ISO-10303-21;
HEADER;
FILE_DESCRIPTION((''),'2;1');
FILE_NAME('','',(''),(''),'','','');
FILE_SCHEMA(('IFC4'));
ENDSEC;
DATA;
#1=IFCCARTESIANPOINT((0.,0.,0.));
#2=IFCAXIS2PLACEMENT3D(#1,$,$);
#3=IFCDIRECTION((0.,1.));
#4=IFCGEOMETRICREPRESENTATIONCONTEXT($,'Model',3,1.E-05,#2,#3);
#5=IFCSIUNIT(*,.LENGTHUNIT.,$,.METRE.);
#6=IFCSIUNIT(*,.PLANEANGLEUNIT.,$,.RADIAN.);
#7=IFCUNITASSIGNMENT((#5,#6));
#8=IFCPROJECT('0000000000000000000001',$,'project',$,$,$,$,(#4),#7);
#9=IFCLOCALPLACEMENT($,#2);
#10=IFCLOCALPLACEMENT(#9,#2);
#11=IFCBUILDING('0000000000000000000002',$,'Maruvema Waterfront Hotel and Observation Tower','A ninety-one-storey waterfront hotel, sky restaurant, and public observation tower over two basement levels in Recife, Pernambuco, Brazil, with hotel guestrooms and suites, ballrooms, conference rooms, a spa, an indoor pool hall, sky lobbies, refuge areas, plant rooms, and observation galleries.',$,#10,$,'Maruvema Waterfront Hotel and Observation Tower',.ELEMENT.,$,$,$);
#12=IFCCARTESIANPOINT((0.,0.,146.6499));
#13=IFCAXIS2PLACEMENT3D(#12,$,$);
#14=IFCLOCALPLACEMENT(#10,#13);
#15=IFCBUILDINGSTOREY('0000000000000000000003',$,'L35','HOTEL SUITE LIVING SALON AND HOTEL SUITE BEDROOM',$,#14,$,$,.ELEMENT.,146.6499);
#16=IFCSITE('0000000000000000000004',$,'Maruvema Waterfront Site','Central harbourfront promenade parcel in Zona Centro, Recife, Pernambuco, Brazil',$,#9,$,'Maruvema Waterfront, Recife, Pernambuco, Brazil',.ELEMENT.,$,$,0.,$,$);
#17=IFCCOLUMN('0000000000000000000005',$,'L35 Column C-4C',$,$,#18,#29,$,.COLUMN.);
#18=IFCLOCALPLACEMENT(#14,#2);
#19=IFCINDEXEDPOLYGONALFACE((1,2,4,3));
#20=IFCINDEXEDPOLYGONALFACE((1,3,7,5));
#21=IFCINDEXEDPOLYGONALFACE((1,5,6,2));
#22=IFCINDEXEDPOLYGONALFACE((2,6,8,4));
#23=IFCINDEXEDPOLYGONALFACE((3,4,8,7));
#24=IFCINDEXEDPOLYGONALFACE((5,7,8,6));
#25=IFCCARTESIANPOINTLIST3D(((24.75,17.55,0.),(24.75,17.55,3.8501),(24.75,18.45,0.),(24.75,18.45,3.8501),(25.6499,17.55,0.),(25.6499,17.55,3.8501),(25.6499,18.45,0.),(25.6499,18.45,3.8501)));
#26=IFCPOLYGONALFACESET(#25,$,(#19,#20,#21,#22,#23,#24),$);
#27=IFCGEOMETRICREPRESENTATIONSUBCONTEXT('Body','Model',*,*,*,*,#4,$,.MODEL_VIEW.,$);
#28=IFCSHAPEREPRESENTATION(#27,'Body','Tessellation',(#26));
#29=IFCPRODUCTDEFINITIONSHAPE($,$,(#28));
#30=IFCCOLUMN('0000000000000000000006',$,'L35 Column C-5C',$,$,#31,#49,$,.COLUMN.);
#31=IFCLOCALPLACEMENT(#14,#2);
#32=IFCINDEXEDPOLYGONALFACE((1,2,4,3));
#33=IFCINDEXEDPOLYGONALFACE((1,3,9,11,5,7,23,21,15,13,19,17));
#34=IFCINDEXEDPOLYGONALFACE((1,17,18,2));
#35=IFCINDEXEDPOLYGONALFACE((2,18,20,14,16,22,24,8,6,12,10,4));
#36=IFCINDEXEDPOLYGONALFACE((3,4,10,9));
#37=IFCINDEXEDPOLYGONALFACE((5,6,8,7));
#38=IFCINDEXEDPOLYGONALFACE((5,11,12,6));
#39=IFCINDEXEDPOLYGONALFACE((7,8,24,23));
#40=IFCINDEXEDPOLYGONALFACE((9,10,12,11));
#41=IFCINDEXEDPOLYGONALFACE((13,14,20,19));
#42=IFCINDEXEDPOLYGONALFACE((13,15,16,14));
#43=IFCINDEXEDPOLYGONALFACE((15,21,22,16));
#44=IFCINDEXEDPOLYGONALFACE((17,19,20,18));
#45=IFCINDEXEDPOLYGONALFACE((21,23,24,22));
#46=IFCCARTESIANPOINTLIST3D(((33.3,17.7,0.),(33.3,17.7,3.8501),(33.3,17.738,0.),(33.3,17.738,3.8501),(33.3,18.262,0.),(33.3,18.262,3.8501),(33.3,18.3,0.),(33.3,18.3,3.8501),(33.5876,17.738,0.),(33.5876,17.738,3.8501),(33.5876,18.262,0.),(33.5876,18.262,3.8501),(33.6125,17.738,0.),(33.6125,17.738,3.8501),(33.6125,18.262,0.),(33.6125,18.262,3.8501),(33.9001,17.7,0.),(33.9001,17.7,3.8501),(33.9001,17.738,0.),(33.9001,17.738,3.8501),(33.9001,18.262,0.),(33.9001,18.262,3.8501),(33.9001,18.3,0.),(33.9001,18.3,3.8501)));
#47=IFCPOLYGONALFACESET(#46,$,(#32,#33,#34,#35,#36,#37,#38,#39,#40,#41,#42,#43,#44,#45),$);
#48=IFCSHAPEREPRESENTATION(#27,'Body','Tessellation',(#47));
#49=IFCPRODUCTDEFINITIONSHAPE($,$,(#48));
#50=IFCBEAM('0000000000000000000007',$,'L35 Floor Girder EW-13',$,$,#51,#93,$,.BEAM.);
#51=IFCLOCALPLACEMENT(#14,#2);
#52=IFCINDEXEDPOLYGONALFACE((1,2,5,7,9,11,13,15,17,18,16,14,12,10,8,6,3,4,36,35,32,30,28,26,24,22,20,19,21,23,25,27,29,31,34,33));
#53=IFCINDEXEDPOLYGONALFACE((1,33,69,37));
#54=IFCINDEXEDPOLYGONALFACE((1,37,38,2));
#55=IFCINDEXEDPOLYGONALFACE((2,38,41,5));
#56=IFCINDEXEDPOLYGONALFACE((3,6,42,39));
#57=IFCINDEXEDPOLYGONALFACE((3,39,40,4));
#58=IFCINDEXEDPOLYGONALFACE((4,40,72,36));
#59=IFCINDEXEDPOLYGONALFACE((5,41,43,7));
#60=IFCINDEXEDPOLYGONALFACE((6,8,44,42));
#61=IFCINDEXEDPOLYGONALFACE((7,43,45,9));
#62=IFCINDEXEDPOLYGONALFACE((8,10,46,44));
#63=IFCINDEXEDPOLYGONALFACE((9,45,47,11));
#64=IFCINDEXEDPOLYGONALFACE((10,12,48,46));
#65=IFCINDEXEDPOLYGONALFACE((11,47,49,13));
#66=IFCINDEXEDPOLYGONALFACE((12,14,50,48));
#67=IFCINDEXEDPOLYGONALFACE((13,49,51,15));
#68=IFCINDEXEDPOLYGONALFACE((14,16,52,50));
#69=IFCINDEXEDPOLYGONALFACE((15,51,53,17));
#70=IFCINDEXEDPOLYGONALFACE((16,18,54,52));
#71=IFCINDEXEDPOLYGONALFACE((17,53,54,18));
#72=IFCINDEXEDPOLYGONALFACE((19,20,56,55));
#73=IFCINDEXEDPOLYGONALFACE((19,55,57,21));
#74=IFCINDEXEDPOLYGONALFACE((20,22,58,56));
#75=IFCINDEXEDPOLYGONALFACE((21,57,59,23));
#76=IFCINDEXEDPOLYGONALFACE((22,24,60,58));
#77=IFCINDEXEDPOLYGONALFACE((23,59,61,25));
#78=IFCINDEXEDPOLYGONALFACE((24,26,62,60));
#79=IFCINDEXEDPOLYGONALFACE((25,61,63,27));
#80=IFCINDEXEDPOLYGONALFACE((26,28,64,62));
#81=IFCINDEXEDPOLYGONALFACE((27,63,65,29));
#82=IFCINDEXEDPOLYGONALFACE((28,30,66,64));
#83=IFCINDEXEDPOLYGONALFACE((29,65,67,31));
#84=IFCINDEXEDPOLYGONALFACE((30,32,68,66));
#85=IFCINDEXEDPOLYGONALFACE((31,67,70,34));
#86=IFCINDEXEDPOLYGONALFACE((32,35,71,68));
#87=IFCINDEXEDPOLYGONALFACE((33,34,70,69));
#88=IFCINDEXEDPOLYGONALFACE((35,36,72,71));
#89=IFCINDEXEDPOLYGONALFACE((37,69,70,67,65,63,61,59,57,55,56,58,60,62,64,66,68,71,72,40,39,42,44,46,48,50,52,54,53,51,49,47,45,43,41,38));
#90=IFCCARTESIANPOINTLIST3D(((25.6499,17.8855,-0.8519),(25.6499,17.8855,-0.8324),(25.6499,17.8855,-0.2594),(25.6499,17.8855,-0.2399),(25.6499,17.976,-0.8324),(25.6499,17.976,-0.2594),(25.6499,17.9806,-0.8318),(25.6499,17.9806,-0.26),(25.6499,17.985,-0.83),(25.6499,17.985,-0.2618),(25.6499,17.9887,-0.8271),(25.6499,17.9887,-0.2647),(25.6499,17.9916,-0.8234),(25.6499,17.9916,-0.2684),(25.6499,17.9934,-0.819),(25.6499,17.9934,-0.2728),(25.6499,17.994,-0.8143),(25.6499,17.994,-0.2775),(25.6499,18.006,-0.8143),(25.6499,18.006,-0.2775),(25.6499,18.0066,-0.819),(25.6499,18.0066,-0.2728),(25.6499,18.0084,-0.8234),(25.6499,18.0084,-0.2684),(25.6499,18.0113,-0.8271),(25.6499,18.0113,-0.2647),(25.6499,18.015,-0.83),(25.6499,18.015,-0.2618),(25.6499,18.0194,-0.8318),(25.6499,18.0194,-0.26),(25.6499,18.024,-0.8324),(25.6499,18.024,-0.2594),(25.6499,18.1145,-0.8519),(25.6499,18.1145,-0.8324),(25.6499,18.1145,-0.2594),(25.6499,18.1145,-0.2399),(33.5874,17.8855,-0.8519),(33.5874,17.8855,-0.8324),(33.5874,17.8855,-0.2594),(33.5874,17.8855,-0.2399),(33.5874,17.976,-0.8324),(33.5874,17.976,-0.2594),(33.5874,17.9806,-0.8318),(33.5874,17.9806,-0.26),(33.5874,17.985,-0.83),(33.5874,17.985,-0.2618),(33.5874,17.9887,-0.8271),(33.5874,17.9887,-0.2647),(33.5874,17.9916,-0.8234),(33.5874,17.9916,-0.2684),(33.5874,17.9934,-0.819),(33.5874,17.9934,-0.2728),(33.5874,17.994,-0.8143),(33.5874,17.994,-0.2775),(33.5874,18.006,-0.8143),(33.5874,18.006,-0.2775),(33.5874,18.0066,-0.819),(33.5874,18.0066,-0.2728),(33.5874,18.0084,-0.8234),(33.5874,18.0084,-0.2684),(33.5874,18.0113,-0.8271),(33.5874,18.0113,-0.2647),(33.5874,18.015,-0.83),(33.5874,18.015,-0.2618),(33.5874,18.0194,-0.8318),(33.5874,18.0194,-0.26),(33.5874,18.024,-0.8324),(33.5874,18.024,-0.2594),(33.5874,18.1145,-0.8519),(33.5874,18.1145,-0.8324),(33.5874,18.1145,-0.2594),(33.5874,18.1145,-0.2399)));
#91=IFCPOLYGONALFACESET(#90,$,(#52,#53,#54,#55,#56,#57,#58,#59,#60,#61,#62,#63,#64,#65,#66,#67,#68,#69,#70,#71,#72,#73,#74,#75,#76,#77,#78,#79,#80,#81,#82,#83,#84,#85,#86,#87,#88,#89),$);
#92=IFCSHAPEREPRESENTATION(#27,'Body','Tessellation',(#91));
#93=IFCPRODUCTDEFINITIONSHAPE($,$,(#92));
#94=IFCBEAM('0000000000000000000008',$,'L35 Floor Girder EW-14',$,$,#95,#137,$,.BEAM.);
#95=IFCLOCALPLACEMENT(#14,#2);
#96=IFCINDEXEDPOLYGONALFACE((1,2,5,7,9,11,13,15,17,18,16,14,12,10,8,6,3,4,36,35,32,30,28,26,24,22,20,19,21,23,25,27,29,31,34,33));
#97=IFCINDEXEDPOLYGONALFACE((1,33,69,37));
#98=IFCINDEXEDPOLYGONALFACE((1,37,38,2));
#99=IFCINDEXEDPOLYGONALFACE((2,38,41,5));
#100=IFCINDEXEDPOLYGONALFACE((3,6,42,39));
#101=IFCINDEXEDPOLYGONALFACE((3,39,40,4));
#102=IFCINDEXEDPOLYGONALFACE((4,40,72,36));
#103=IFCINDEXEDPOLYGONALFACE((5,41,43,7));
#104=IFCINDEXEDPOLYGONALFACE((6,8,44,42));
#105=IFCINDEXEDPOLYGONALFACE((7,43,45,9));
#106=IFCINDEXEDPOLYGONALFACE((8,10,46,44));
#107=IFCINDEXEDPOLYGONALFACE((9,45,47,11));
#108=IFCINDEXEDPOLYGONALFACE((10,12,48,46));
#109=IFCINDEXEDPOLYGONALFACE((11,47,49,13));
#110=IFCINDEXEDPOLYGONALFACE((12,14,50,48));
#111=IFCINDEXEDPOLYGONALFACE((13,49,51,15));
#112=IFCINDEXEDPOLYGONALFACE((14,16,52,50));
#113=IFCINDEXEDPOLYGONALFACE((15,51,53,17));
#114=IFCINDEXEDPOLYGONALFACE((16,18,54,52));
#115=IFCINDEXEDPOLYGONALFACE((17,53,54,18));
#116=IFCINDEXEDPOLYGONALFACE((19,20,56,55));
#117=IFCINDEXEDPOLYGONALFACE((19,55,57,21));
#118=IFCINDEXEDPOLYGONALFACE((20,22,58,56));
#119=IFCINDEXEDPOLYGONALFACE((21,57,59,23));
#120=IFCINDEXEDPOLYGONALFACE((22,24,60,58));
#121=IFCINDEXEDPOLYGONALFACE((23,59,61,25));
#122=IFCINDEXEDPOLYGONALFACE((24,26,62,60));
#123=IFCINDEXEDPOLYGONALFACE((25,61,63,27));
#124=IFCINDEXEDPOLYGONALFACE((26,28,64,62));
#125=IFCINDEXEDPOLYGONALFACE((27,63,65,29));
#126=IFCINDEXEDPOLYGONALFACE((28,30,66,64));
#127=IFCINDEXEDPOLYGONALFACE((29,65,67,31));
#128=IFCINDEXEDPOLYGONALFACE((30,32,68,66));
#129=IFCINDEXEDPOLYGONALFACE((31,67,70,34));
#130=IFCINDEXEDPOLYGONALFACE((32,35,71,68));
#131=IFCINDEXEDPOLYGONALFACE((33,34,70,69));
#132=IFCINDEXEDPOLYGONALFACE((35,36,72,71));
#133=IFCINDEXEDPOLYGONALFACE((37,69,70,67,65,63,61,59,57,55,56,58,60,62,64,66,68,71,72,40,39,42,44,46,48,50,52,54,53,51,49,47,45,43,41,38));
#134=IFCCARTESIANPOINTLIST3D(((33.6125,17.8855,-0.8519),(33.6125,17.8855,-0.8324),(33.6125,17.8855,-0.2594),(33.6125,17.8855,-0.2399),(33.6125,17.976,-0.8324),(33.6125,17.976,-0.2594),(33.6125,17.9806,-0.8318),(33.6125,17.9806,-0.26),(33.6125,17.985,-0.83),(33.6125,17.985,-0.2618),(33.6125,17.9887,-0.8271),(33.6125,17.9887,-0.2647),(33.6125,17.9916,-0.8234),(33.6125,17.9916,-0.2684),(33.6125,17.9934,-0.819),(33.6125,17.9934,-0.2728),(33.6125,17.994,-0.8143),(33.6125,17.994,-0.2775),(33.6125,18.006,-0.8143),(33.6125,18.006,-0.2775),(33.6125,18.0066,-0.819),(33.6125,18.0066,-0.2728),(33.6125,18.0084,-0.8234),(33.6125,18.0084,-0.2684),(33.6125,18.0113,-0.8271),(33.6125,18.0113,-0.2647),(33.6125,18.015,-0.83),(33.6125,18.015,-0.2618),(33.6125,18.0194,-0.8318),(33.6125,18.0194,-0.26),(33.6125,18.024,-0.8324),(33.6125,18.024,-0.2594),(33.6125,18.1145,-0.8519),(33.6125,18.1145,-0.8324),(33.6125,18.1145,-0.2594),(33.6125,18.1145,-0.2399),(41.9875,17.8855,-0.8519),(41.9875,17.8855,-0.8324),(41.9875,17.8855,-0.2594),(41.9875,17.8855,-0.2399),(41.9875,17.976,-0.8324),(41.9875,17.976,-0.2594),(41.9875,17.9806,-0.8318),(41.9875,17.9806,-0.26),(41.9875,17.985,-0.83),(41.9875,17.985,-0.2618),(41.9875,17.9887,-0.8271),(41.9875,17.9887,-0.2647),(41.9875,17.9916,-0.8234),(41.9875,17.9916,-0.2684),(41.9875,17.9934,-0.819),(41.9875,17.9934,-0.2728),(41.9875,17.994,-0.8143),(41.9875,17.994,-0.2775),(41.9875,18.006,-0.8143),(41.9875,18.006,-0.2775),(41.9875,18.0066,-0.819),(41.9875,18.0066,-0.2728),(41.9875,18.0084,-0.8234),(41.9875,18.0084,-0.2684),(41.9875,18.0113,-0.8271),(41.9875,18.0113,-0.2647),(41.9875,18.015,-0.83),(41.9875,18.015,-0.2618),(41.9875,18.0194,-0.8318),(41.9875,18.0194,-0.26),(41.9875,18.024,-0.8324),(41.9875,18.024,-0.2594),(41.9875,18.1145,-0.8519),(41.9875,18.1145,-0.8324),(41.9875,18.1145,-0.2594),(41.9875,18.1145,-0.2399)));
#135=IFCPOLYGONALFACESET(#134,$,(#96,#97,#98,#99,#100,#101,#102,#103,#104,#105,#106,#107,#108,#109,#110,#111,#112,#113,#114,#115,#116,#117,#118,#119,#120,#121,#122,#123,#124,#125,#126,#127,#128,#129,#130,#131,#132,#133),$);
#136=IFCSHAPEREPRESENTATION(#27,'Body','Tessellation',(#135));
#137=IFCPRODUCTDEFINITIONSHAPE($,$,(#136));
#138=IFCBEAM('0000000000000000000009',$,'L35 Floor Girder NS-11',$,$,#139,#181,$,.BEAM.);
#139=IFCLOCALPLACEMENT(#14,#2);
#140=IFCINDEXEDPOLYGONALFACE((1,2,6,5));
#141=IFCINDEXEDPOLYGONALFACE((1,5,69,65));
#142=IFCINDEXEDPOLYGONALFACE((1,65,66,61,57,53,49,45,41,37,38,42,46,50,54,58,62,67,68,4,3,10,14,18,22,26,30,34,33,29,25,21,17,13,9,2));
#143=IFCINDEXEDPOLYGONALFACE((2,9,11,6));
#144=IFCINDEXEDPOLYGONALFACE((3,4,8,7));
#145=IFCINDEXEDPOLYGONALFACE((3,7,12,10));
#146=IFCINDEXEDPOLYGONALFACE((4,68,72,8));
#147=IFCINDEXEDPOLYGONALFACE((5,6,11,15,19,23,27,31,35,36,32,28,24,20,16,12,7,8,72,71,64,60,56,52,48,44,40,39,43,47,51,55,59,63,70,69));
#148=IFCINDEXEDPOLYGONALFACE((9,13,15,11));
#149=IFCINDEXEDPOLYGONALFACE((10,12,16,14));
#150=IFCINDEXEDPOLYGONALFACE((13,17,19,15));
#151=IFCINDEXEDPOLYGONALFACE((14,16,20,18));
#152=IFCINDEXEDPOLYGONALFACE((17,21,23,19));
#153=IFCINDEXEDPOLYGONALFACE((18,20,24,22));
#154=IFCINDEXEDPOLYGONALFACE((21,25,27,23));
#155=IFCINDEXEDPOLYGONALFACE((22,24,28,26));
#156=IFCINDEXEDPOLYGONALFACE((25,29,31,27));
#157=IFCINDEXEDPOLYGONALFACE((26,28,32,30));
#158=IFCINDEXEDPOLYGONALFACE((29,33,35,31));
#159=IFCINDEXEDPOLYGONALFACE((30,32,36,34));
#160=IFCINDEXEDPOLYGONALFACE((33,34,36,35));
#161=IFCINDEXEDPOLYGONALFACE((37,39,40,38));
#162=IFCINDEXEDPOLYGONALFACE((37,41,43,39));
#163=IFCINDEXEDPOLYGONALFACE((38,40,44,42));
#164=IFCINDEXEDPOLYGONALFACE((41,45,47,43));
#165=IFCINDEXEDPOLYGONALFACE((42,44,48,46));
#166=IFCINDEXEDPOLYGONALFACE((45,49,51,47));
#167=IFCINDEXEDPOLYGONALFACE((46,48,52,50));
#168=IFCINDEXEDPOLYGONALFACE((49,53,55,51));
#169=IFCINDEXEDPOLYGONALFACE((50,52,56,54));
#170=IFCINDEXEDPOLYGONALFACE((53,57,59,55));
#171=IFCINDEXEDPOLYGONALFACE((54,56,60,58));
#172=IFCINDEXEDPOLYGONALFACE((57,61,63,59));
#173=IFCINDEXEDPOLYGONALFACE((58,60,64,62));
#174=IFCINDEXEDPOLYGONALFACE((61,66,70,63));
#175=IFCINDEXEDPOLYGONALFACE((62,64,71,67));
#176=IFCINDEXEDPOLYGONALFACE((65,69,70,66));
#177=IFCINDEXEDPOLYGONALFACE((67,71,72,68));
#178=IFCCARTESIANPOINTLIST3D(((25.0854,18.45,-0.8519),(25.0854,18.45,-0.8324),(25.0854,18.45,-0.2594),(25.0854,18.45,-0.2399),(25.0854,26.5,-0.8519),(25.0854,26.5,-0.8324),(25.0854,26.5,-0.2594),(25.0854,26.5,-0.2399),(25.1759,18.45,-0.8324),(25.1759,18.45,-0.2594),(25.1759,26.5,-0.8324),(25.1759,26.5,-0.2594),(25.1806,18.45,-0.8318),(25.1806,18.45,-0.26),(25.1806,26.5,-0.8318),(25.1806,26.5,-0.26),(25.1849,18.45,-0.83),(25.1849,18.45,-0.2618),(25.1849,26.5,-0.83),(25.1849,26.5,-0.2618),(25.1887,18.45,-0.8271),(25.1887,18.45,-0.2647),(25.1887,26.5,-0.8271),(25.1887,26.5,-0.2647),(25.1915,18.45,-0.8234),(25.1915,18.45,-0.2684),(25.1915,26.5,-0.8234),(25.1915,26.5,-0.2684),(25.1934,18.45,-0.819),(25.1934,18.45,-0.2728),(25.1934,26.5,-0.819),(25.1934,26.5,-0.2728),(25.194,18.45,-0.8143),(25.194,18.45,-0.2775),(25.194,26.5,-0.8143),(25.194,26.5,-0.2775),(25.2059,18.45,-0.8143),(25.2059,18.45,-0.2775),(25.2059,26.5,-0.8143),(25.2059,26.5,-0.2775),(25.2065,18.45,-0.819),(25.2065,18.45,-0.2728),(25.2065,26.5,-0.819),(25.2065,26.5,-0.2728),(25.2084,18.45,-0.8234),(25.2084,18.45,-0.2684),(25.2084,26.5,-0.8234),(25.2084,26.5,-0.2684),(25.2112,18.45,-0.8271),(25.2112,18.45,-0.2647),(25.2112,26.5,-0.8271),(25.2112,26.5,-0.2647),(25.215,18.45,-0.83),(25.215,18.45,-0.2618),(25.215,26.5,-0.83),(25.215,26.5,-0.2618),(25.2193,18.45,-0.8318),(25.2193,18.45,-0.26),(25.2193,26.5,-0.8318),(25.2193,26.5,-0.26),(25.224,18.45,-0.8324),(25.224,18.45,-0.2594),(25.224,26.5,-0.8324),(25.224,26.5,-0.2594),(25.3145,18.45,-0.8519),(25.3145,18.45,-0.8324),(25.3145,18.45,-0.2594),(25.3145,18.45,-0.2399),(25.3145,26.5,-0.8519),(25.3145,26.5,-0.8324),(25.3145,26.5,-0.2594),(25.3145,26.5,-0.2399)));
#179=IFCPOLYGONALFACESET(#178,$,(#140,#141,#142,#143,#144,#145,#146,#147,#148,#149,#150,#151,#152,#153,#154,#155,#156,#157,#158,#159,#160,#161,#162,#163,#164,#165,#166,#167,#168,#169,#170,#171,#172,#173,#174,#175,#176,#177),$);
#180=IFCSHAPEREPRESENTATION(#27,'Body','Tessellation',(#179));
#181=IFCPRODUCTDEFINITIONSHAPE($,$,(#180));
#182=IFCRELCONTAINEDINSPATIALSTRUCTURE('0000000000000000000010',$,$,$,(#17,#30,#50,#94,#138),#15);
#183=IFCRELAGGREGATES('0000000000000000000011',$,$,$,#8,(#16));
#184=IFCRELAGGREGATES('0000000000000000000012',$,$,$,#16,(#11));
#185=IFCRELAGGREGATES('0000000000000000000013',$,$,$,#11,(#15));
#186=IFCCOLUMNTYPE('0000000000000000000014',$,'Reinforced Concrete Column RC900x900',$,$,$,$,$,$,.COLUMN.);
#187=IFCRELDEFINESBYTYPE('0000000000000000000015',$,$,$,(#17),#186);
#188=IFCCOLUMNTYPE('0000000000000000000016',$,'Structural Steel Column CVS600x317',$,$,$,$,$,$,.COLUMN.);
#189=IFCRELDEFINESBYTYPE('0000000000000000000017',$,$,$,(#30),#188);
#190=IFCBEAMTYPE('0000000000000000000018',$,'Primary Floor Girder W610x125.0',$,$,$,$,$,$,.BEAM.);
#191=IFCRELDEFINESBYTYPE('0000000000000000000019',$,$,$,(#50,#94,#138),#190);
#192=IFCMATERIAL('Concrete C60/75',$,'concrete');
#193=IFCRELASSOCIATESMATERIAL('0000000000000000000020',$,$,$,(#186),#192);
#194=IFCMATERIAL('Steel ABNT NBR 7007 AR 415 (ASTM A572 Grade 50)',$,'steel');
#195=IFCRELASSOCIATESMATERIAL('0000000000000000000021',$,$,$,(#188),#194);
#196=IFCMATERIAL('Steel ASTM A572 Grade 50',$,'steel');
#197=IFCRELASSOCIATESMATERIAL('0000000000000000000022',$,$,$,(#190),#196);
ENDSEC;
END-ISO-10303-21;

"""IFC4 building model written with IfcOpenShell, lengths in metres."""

from ifc_helpers import new_model, si_unit, direction, frame, origin, origin_2d, place, context, subcontext, project, spatial, rectangle, i_section, extrude, material, material_profile, profile_set, type_object, element, save


model = new_model("IFC4")

# Units and contexts
model_context = context("Model", 3, precision=1e-05, world=origin(), true_north=direction((0.0, 1.0)))
body_context = subcontext(model_context, "Body", "Model", "MODEL_VIEW")
ifc_project = project(units=[si_unit("LENGTHUNIT", "METRE"), si_unit("PLANEANGLEUNIT", "RADIAN")], contexts=[model_context])

# Site, building, storey
site_placement = place(None, origin())
site = spatial("IfcSite", under=ifc_project, at=site_placement, Name="Maruvema Waterfront Site", Description="Central harbourfront promenade parcel in Zona Centro, Recife, Pernambuco, Brazil", LongName="Maruvema Waterfront, Recife, Pernambuco, Brazil", CompositionType="ELEMENT", RefElevation=0.0)
building_placement = place(site_placement, origin())
building = spatial("IfcBuilding", under=site, at=building_placement, Name="Maruvema Waterfront Hotel and Observation Tower", Description="A ninety-one-storey waterfront hotel, sky restaurant, and public observation tower over two basement levels in Recife, Pernambuco, Brazil, with hotel guestrooms and suites, ballrooms, conference rooms, a spa, an indoor pool hall, sky lobbies, refuge areas, plant rooms, and observation galleries.", LongName="Maruvema Waterfront Hotel and Observation Tower", CompositionType="ELEMENT")
storey_placement = place(building_placement, frame((0.0, 0.0, 146.6499)))
storey = spatial("IfcBuildingStorey", under=building, at=storey_placement, Name="L35", Description="HOTEL SUITE LIVING SALON AND HOTEL SUITE BEDROOM", CompositionType="ELEMENT", Elevation=146.6499)

# Columns
ifc_material_1 = material(Name="Concrete C60/75", Category="concrete")
ifc_material_profile_1 = material_profile(ifc_material_1, rectangle(XDim=0.8999, YDim=0.8999, at=origin_2d()), Name="RC900x900")
ifc_profile_set_1 = profile_set([ifc_material_profile_1], Name="Concrete C60/75")
column_type_1 = type_object("IfcColumnType", Name="Reinforced Concrete Column RC900x900", PredefinedType="COLUMN", material=ifc_profile_set_1)
column_1_placement = place(storey_placement, frame((25.2, 18.0, 0.0), z_axis=(0.0, 0.0, 1.0), x_axis=(1.0, 0.0, 0.0)))
element("IfcColumn", 1, at=column_1_placement, inside=storey, type_object=column_type_1, Name="L35 Column C-4C", PredefinedType="COLUMN", context=body_context, shape_type="SweptSolid", body=[
    extrude(rectangle(XDim=0.8999, YDim=0.8999, at=origin_2d()), origin(), (0.0, 0.0, 1.0), 3.8501),
])
ifc_material_2 = material(Name="Steel ABNT NBR 7007 AR 415 (ASTM A572 Grade 50)", Category="steel")
ifc_material_profile_2 = material_profile(ifc_material_2, i_section(OverallWidth=0.6001, OverallDepth=0.6001, WebThickness=0.0249, FlangeThickness=0.0381, at=origin_2d()), Name="CVS600x317")
ifc_profile_set_2 = profile_set([ifc_material_profile_2], Name="Steel ABNT NBR 7007 AR 415 (ASTM A572 Grade 50)")
column_type_2 = type_object("IfcColumnType", Name="Structural Steel Column CVS600x317", PredefinedType="COLUMN", material=ifc_profile_set_2)
column_2_placement = place(storey_placement, frame((33.6001, 18.0, 0.0), z_axis=(0.0, 0.0, 1.0), x_axis=(1.0, 0.0, 0.0)))
element("IfcColumn", 2, at=column_2_placement, inside=storey, type_object=column_type_2, Name="L35 Column C-5C", PredefinedType="COLUMN", context=body_context, shape_type="SweptSolid", body=[
    extrude(i_section(OverallWidth=0.6001, OverallDepth=0.6001, WebThickness=0.0249, FlangeThickness=0.0381, at=origin_2d()), origin(), (0.0, 0.0, 1.0), 3.8501),
])

# Beams
ifc_material_3 = material(Name="Steel ASTM A572 Grade 50", Category="steel")
ifc_material_profile_3 = material_profile(ifc_material_3, i_section(OverallWidth=0.229, OverallDepth=0.6121, WebThickness=0.012, FlangeThickness=0.0195, FilletRadius=0.0181, at=origin_2d()), Name="W610x125.0")
ifc_profile_set_3 = profile_set([ifc_material_profile_3], Name="Steel ASTM A572 Grade 50")
beam_type = type_object("IfcBeamType", Name="Primary Floor Girder W610x125.0", PredefinedType="BEAM", material=ifc_profile_set_3)
beam_1_placement = place(storey_placement, frame((25.6499, 18.0, -0.5459), z_axis=(1.0, 0.0, 0.0), x_axis=(0.0, 1.0, 0.0)))
element("IfcBeam", 3, at=beam_1_placement, inside=storey, type_object=beam_type, Name="L35 Floor Girder EW-13", PredefinedType="BEAM", context=body_context, shape_type="SweptSolid", body=[
    extrude(i_section(OverallWidth=0.229, OverallDepth=0.6121, WebThickness=0.012, FlangeThickness=0.0195, FilletRadius=0.0181, at=origin_2d()), origin(), (0.0, 0.0, 1.0), 7.9375),
])
beam_2_placement = place(storey_placement, frame((33.6125, 18.0, -0.5459), z_axis=(1.0, 0.0, 0.0), x_axis=(0.0, 1.0, 0.0)))
element("IfcBeam", 4, at=beam_2_placement, inside=storey, type_object=beam_type, Name="L35 Floor Girder EW-14", PredefinedType="BEAM", context=body_context, shape_type="SweptSolid", body=[
    extrude(i_section(OverallWidth=0.229, OverallDepth=0.6121, WebThickness=0.012, FlangeThickness=0.0195, FilletRadius=0.0181, at=origin_2d()), origin(), (0.0, 0.0, 1.0), 8.375),
])
beam_3_placement = place(storey_placement, frame((25.2, 18.45, -0.5459), z_axis=(0.0, 1.0, 0.0), x_axis=(-1.0, 0.0, 0.0)))
element("IfcBeam", 5, at=beam_3_placement, inside=storey, type_object=beam_type, Name="L35 Floor Girder NS-11", PredefinedType="BEAM", context=body_context, shape_type="SweptSolid", body=[
    extrude(i_section(OverallWidth=0.229, OverallDepth=0.6121, WebThickness=0.012, FlangeThickness=0.0195, FilletRadius=0.0181, at=origin_2d()), origin(), (0.0, 0.0, 1.0), 8.05),
])

save(model, "model.ifc")
